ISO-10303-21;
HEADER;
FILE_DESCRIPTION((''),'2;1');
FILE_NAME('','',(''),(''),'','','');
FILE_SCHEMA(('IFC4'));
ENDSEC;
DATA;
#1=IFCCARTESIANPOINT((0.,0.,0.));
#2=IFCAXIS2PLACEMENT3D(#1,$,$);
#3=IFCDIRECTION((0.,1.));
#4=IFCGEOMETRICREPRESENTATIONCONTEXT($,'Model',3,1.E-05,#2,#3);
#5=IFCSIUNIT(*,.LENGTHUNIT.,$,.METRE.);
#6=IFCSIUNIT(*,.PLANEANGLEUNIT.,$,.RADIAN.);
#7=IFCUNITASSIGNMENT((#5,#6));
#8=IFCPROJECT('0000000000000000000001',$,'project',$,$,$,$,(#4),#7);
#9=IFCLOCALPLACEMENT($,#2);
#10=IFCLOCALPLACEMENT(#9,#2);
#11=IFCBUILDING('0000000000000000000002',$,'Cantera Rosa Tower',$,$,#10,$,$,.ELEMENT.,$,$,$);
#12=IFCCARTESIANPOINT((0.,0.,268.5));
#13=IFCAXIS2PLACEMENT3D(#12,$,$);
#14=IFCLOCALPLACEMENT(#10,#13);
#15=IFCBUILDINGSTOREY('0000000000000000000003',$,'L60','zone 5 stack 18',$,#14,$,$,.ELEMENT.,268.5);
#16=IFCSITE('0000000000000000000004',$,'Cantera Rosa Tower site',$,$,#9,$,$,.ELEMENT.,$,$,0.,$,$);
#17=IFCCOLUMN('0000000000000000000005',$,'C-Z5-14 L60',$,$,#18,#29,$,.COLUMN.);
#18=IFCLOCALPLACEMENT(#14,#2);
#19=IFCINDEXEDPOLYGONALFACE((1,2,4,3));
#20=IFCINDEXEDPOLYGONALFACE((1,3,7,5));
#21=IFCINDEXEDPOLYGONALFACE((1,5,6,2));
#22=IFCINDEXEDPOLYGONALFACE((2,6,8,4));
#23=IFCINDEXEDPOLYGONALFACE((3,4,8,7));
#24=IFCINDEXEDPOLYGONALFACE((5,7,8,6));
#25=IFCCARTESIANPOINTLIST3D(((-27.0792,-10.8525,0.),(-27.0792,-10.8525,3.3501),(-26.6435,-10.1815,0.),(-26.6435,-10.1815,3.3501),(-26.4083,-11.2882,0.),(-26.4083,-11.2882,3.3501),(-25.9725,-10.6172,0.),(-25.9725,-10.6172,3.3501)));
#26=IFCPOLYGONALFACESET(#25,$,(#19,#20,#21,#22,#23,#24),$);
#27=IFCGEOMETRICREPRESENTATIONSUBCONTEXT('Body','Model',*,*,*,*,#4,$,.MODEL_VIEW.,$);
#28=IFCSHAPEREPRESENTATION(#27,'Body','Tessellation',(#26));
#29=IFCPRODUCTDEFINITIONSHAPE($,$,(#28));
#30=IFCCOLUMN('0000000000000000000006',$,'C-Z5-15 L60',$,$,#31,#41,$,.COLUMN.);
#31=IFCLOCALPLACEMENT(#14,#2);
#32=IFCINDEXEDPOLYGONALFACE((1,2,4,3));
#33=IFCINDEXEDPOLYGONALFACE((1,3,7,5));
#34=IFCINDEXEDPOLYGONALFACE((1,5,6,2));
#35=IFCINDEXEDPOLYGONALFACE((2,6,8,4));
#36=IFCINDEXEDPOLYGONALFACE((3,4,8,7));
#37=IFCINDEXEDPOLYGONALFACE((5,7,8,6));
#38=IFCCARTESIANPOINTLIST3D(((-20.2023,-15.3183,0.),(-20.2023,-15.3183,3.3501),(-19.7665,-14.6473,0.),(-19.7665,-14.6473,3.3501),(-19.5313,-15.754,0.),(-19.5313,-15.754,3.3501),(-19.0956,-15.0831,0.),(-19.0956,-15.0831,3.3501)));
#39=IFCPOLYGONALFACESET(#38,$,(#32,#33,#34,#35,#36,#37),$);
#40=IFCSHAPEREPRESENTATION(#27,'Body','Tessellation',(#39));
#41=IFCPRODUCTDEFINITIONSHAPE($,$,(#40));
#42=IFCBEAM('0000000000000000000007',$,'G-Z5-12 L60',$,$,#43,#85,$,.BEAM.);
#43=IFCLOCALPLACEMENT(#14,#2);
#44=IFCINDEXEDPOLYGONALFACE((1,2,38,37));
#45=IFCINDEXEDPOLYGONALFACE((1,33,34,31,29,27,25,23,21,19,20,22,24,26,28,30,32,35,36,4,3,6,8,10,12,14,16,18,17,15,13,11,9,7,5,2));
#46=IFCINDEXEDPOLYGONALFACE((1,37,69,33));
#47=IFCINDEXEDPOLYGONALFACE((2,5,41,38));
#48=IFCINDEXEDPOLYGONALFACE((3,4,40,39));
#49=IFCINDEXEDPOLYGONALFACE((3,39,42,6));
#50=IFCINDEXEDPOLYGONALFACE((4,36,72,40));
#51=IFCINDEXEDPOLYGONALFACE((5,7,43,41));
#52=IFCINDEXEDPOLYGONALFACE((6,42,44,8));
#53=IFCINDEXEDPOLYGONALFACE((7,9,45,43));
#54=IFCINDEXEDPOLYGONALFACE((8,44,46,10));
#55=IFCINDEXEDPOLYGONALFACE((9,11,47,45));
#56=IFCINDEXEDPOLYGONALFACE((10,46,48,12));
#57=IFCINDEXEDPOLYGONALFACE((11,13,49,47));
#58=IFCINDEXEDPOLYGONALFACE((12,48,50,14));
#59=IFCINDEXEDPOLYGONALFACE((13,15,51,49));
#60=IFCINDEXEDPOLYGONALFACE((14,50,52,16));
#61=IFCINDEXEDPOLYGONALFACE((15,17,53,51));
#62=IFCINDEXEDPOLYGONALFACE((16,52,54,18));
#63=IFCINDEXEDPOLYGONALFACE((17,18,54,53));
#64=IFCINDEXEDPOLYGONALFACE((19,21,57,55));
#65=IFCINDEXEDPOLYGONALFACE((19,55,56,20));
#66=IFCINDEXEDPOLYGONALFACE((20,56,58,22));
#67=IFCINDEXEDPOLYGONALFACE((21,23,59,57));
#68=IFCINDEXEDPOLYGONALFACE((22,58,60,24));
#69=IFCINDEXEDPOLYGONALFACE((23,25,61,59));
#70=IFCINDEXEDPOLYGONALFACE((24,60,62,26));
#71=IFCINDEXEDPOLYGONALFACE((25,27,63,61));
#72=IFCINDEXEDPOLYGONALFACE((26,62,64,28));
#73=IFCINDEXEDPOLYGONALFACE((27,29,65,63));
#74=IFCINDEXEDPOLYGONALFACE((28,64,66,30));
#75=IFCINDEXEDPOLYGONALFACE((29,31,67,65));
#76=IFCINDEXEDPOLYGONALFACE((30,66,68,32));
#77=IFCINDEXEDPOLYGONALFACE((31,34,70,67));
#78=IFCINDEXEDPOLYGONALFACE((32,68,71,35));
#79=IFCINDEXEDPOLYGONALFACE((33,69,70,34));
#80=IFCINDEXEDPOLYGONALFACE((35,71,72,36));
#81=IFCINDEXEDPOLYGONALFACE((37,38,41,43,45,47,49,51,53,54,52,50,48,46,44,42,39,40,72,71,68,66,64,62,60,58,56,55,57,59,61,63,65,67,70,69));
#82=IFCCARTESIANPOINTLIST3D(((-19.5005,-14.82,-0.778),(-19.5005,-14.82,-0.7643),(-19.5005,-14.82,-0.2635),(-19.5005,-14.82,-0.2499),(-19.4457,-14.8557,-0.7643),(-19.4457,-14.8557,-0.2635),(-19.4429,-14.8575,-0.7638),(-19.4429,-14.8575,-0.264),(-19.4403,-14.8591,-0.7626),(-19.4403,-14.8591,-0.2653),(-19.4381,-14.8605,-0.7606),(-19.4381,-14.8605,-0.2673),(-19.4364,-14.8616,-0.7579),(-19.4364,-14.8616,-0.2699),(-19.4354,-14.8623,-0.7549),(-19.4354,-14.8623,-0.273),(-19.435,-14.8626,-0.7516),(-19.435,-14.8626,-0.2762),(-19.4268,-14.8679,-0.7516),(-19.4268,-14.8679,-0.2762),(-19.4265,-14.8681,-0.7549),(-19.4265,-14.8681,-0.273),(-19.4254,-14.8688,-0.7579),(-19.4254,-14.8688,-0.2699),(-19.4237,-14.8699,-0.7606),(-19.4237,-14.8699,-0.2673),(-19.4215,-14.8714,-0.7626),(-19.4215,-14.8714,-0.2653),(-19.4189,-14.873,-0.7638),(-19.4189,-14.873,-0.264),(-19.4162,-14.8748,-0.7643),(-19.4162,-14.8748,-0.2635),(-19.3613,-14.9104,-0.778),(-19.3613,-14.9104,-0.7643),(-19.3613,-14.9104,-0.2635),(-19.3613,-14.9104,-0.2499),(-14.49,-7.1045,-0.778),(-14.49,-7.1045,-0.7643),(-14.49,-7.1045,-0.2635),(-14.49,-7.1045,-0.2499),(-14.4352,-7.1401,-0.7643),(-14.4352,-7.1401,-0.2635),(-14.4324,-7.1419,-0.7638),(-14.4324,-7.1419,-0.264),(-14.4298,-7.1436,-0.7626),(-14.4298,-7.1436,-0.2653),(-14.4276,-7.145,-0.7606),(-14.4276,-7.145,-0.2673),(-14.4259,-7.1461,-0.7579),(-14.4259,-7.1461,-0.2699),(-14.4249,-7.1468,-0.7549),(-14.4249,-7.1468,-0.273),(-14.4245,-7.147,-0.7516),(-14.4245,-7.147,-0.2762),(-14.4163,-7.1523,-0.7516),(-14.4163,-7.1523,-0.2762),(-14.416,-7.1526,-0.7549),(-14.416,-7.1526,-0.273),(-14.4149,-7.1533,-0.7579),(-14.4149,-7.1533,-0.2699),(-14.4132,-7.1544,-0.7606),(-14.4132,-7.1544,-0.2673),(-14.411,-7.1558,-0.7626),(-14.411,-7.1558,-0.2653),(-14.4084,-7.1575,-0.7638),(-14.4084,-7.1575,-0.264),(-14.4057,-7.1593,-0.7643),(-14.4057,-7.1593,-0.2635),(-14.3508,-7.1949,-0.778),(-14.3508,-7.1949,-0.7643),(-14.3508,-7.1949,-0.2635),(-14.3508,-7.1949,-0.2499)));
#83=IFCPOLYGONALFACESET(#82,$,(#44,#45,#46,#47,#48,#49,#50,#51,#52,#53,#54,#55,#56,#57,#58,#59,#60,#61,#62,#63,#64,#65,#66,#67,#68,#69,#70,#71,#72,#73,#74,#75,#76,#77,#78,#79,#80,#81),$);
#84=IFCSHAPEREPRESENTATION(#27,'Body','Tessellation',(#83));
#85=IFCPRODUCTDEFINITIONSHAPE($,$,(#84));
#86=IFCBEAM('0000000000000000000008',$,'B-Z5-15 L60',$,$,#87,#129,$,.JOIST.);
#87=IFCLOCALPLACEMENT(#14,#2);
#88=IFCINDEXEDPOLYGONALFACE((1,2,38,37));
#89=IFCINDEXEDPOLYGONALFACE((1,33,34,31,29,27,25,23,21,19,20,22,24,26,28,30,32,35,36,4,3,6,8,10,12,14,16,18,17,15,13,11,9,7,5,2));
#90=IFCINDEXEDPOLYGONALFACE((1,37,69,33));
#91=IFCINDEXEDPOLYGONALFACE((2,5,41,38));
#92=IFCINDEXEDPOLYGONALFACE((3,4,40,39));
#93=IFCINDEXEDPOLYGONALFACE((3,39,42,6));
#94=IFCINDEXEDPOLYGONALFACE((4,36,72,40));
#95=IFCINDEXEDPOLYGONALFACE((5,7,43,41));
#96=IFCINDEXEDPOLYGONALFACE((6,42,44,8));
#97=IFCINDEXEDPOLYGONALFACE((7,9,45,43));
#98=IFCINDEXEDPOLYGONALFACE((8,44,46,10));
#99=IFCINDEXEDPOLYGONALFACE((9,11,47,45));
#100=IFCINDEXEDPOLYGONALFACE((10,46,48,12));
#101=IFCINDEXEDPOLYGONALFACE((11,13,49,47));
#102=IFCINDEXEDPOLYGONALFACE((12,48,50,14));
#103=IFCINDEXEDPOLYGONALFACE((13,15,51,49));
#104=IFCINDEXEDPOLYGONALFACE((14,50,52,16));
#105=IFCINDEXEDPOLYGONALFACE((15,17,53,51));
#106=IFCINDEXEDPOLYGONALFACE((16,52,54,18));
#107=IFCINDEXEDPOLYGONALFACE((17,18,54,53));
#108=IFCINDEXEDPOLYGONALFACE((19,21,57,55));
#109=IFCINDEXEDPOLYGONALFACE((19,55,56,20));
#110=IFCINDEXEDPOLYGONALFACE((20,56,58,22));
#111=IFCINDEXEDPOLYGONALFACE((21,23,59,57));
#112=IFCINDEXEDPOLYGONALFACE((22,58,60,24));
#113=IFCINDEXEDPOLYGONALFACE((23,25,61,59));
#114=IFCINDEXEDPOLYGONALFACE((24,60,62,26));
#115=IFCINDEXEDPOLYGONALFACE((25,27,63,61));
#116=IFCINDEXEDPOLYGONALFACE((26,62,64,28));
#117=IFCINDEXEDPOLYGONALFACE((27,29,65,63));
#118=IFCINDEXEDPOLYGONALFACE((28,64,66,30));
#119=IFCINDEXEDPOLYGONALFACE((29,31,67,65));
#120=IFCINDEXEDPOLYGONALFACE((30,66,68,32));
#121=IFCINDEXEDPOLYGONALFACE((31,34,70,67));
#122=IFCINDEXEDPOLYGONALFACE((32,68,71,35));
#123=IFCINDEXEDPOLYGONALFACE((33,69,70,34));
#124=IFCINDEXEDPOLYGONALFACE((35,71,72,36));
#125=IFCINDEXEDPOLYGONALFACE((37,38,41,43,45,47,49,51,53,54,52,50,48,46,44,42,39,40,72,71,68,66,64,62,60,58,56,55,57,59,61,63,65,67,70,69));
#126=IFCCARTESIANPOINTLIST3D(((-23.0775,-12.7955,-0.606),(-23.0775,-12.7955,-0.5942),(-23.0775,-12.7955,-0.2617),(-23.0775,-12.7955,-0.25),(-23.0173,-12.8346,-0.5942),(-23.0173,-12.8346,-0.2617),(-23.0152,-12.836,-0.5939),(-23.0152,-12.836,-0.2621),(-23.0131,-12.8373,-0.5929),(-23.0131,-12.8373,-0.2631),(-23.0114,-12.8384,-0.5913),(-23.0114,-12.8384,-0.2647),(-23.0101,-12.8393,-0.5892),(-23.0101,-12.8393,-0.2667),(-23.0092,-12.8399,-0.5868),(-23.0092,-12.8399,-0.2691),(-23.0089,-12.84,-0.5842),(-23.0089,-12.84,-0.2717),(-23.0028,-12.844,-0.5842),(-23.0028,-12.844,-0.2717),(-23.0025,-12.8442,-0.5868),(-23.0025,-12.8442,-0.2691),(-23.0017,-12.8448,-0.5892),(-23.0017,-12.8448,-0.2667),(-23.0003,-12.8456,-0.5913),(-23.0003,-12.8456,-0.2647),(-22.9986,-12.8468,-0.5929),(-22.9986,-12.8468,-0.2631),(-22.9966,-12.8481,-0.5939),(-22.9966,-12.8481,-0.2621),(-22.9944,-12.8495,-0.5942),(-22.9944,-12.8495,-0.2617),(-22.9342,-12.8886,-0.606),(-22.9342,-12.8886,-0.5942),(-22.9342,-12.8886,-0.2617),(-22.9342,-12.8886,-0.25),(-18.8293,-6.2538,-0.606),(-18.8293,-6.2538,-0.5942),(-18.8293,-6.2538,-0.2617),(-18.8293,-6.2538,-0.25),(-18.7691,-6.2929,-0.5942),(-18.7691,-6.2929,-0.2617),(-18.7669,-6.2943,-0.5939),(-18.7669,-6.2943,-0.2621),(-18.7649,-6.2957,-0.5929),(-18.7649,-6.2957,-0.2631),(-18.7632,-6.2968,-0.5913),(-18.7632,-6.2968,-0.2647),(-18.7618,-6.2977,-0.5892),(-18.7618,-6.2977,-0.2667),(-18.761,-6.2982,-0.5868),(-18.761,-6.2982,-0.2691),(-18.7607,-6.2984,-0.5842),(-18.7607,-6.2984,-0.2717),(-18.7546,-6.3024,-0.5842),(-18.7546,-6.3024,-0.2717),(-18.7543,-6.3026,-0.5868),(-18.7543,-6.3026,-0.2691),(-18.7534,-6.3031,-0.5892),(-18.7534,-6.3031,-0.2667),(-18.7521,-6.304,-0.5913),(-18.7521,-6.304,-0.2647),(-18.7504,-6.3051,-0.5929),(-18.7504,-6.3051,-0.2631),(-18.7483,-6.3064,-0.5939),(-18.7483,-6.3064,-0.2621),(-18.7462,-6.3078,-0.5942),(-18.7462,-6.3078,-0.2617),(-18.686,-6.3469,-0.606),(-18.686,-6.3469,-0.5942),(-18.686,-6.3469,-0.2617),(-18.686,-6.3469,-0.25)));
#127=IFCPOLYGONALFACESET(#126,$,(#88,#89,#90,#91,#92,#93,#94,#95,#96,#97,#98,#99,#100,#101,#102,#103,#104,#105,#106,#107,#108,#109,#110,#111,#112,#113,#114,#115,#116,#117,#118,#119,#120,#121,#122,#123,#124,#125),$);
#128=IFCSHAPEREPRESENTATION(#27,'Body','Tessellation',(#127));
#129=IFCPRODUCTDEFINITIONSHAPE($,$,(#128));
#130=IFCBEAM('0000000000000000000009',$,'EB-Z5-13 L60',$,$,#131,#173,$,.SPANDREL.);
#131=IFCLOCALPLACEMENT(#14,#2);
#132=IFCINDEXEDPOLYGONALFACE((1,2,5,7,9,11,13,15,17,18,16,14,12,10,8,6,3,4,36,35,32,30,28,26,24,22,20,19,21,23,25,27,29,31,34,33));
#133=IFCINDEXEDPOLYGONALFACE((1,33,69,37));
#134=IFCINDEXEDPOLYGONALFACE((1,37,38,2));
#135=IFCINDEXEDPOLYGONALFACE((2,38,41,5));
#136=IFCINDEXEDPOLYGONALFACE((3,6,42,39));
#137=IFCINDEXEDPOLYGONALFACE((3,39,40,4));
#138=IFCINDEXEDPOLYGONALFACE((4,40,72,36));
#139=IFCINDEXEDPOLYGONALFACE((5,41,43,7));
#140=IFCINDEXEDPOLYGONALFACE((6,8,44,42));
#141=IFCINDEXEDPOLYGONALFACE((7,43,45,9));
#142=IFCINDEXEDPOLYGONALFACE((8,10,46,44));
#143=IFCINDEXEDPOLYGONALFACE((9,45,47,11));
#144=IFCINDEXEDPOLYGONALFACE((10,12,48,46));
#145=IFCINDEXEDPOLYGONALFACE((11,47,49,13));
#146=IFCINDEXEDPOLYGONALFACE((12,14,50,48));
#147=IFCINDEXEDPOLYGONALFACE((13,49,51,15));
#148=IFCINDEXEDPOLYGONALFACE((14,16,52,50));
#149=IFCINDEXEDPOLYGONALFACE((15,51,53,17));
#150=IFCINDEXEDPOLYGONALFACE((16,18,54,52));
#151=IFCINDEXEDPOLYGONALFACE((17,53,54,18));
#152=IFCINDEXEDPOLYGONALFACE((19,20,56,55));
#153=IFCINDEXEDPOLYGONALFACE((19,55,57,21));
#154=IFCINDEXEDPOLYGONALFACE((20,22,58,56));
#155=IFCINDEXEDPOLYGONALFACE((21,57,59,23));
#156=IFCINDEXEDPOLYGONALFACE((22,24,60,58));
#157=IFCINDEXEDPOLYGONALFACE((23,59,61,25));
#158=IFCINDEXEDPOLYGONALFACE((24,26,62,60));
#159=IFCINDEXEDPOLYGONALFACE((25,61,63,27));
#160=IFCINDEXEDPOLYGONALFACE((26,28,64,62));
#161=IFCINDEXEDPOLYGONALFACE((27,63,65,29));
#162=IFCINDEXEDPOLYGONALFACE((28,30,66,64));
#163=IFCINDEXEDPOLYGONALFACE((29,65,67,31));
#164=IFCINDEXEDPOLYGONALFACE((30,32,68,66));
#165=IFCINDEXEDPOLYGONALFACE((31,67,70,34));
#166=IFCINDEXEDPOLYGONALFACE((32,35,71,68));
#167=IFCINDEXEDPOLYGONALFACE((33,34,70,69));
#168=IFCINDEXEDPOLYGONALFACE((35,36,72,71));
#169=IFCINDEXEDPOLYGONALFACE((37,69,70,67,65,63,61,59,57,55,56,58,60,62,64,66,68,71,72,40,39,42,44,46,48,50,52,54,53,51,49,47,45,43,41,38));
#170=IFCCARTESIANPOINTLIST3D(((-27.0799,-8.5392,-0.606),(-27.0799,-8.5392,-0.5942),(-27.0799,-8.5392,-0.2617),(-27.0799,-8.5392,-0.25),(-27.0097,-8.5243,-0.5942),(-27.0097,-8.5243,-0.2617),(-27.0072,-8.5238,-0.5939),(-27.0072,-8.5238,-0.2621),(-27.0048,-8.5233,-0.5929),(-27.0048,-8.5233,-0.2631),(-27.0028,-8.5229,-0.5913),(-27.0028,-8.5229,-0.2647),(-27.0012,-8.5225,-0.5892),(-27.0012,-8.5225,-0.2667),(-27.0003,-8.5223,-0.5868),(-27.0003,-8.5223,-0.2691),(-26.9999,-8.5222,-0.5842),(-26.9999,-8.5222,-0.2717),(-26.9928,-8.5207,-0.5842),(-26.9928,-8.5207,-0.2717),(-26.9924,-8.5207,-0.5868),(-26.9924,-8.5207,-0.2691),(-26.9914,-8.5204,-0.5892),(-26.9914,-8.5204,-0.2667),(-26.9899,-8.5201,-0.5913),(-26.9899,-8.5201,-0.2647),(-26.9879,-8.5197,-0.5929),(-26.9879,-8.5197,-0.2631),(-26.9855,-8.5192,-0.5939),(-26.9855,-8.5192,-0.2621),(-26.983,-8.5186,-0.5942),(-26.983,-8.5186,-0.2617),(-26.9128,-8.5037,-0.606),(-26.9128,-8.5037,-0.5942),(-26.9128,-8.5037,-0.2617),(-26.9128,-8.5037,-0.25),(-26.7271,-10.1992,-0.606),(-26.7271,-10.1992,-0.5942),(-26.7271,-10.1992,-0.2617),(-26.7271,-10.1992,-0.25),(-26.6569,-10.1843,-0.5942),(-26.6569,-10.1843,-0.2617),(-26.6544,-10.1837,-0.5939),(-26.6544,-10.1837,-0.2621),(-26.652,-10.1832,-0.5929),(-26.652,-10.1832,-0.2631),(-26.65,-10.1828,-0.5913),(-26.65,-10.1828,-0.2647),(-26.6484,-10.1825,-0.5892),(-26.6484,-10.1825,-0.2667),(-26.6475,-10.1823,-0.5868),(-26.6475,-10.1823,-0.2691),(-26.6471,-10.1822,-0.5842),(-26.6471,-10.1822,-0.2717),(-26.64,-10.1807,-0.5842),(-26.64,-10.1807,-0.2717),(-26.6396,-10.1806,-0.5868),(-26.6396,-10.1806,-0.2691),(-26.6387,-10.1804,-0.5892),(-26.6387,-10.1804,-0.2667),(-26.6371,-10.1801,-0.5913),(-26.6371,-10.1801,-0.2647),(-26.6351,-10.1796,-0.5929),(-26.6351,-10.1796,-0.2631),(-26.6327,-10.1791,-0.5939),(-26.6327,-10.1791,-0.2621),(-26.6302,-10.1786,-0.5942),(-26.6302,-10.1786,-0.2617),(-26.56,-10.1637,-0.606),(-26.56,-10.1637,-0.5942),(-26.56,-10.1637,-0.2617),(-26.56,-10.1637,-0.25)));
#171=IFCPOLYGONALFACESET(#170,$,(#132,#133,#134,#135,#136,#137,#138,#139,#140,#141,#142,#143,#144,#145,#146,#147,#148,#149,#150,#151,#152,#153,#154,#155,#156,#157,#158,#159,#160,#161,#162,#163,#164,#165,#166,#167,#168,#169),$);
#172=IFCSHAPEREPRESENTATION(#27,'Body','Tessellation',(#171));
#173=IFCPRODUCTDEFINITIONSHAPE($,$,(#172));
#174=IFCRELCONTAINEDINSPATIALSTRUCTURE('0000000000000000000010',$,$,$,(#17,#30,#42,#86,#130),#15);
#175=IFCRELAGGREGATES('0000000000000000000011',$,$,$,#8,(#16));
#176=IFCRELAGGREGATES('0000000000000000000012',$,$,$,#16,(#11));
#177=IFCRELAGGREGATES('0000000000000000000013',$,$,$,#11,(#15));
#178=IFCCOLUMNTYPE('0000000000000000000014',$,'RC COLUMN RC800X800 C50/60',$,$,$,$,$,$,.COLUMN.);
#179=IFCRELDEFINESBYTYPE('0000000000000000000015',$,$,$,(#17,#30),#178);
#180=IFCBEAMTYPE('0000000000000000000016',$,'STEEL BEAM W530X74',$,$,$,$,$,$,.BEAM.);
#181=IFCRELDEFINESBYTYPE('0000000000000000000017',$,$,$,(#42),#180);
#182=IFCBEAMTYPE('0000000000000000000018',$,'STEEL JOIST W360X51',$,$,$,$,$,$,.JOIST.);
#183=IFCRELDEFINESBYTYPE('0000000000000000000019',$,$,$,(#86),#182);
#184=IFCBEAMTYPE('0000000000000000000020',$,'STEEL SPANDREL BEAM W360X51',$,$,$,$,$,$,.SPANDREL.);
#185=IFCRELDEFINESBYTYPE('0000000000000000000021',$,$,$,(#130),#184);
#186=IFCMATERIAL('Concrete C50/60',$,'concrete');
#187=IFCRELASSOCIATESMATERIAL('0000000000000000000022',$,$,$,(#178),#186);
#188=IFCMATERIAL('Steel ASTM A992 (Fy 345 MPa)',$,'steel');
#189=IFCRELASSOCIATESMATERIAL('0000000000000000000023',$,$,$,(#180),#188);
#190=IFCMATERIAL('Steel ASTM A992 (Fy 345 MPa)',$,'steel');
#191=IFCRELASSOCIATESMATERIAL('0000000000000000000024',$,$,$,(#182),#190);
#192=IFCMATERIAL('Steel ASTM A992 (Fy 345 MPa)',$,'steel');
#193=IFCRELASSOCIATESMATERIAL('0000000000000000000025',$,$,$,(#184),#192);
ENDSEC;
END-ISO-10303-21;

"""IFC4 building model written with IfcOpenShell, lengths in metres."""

from ifc_helpers import new_model, si_unit, direction, frame, origin, origin_2d, place, context, subcontext, project, spatial, rectangle, i_section, extrude, material, material_profile, profile_set, type_object, element, save


model = new_model("IFC4")

# Units and contexts
model_context = context("Model", 3, precision=1e-05, world=origin(), true_north=direction((0.0, 1.0)))
body_context = subcontext(model_context, "Body", "Model", "MODEL_VIEW")
ifc_project = project(units=[si_unit("LENGTHUNIT", "METRE"), si_unit("PLANEANGLEUNIT", "RADIAN")], contexts=[model_context])

# Site, building, storey
site_placement = place(None, origin())
site = spatial("IfcSite", under=ifc_project, at=site_placement, Name="Cantera Rosa Tower site", CompositionType="ELEMENT", RefElevation=0.0)
building_placement = place(site_placement, origin())
building = spatial("IfcBuilding", under=site, at=building_placement, Name="Cantera Rosa Tower", CompositionType="ELEMENT")
storey_placement = place(building_placement, frame((0.0, 0.0, 268.5)))
storey = spatial("IfcBuildingStorey", under=building, at=storey_placement, Name="L60", Description="zone 5 stack 18", CompositionType="ELEMENT", Elevation=268.5)

# Columns
ifc_material_1 = material(Name="Concrete C50/60", Category="concrete")
ifc_material_profile_1 = material_profile(ifc_material_1, rectangle(XDim=0.8, YDim=0.8, at=origin_2d()), Name="RC COLUMN RC800X800 C50/60")
ifc_profile_set_1 = profile_set([ifc_material_profile_1], Name="Concrete C50/60")
column_type = type_object("IfcColumnType", Name="RC COLUMN RC800X800 C50/60", PredefinedType="COLUMN", material=ifc_profile_set_1)
for number, where, z_axis, x_axis, name in (
    (1, (-26.5259, -10.7349, 0.0), (0.0, 0.0, 1.0), (0.544639, 0.838671, 0.0), "C-Z5-14 L60"),
    (2, (-19.6489, -15.2007, 0.0), (0.0, 0.0, 1.0), (0.544639, 0.838671, 0.0), "C-Z5-15 L60"),
):
    element("IfcColumn", number, at=place(storey_placement, frame(where, z_axis=z_axis, x_axis=x_axis)), inside=storey, type_object=column_type, Name=name, PredefinedType="COLUMN", context=body_context, shape_type="SweptSolid", body=[
        extrude(rectangle(XDim=0.8, YDim=0.8, at=origin_2d()), origin(), (0.0, 0.0, 1.0), 3.3501),
    ])

# Beams
ifc_material_2 = material(Name="Steel ASTM A992 (Fy 345 MPa)", Category="steel")
ifc_material_profile_2 = material_profile(ifc_material_2, i_section(OverallWidth=0.166, OverallDepth=0.5281, WebThickness=0.0098, FlangeThickness=0.0137, FilletRadius=0.0127, at=origin_2d()), Name="W530X74")
ifc_profile_set_2 = profile_set([ifc_material_profile_2], Name="Steel ASTM A992 (Fy 345 MPa)")
beam_type_1 = type_object("IfcBeamType", Name="STEEL BEAM W530X74", PredefinedType="BEAM", material=ifc_profile_set_2)
beam_1_placement = place(storey_placement, frame((-19.4309, -14.8652, -0.5139), z_axis=(0.544635, 0.838673, 0.0), x_axis=(-0.838673, 0.544635, 0.0)))
element("IfcBeam", 3, at=beam_1_placement, inside=storey, type_object=beam_type_1, Name="G-Z5-12 L60", PredefinedType="BEAM", context=body_context, shape_type="SweptSolid", body=[
    extrude(i_section(OverallWidth=0.166, OverallDepth=0.5281, WebThickness=0.0098, FlangeThickness=0.0137, FilletRadius=0.0127, at=origin_2d()), origin(), (0.0, 0.0, 1.0), 9.1997),
])
ifc_material_3 = material(Name="Steel ASTM A992 (Fy 345 MPa)", Category="steel")
ifc_material_profile_3 = material_profile(ifc_material_3, i_section(OverallWidth=0.1709, OverallDepth=0.356, WebThickness=0.0073, FlangeThickness=0.0117, FilletRadius=0.01, at=origin_2d()), Name="W360X51")
ifc_profile_set_3 = profile_set([ifc_material_profile_3], Name="Steel ASTM A992 (Fy 345 MPa)")
beam_type_2 = type_object("IfcBeamType", Name="STEEL JOIST W360X51", PredefinedType="JOIST", material=ifc_profile_set_3)
beam_2_placement = place(storey_placement, frame((-23.0059, -12.842, -0.428), z_axis=(0.544642, 0.838669, 0.0), x_axis=(-0.838669, 0.544642, 0.0)))
element("IfcBeam", 4, at=beam_2_placement, inside=storey, type_object=beam_type_2, Name="B-Z5-15 L60", PredefinedType="JOIST", context=body_context, shape_type="SweptSolid", body=[
    extrude(i_section(OverallWidth=0.1709, OverallDepth=0.356, WebThickness=0.0073, FlangeThickness=0.0117, FilletRadius=0.01, at=origin_2d()), origin(), (0.0, 0.0, 1.0), 7.8),
])
ifc_material_4 = material(Name="Steel ASTM A992 (Fy 345 MPa)", Category="steel")
ifc_material_profile_4 = material_profile(ifc_material_4, i_section(OverallWidth=0.1709, OverallDepth=0.356, WebThickness=0.0073, FlangeThickness=0.0117, FilletRadius=0.01, at=origin_2d()), Name="W360X51")
ifc_profile_set_4 = profile_set([ifc_material_profile_4], Name="Steel ASTM A992 (Fy 345 MPa)")
beam_type_3 = type_object("IfcBeamType", Name="STEEL SPANDREL BEAM W360X51", PredefinedType="SPANDREL", material=ifc_profile_set_4)
beam_3_placement = place(storey_placement, frame((-26.9963, -8.5215, -0.428), z_axis=(0.207888, -0.978153, 0.0), x_axis=(0.978153, 0.207888, 0.0)))
element("IfcBeam", 5, at=beam_3_placement, inside=storey, type_object=beam_type_3, Name="EB-Z5-13 L60", PredefinedType="SPANDREL", context=body_context, shape_type="SweptSolid", body=[
    extrude(i_section(OverallWidth=0.1709, OverallDepth=0.356, WebThickness=0.0073, FlangeThickness=0.0117, FilletRadius=0.01, at=origin_2d()), origin(), (0.0, 0.0, 1.0), 1.697),
])

save(model, "model.ifc")
